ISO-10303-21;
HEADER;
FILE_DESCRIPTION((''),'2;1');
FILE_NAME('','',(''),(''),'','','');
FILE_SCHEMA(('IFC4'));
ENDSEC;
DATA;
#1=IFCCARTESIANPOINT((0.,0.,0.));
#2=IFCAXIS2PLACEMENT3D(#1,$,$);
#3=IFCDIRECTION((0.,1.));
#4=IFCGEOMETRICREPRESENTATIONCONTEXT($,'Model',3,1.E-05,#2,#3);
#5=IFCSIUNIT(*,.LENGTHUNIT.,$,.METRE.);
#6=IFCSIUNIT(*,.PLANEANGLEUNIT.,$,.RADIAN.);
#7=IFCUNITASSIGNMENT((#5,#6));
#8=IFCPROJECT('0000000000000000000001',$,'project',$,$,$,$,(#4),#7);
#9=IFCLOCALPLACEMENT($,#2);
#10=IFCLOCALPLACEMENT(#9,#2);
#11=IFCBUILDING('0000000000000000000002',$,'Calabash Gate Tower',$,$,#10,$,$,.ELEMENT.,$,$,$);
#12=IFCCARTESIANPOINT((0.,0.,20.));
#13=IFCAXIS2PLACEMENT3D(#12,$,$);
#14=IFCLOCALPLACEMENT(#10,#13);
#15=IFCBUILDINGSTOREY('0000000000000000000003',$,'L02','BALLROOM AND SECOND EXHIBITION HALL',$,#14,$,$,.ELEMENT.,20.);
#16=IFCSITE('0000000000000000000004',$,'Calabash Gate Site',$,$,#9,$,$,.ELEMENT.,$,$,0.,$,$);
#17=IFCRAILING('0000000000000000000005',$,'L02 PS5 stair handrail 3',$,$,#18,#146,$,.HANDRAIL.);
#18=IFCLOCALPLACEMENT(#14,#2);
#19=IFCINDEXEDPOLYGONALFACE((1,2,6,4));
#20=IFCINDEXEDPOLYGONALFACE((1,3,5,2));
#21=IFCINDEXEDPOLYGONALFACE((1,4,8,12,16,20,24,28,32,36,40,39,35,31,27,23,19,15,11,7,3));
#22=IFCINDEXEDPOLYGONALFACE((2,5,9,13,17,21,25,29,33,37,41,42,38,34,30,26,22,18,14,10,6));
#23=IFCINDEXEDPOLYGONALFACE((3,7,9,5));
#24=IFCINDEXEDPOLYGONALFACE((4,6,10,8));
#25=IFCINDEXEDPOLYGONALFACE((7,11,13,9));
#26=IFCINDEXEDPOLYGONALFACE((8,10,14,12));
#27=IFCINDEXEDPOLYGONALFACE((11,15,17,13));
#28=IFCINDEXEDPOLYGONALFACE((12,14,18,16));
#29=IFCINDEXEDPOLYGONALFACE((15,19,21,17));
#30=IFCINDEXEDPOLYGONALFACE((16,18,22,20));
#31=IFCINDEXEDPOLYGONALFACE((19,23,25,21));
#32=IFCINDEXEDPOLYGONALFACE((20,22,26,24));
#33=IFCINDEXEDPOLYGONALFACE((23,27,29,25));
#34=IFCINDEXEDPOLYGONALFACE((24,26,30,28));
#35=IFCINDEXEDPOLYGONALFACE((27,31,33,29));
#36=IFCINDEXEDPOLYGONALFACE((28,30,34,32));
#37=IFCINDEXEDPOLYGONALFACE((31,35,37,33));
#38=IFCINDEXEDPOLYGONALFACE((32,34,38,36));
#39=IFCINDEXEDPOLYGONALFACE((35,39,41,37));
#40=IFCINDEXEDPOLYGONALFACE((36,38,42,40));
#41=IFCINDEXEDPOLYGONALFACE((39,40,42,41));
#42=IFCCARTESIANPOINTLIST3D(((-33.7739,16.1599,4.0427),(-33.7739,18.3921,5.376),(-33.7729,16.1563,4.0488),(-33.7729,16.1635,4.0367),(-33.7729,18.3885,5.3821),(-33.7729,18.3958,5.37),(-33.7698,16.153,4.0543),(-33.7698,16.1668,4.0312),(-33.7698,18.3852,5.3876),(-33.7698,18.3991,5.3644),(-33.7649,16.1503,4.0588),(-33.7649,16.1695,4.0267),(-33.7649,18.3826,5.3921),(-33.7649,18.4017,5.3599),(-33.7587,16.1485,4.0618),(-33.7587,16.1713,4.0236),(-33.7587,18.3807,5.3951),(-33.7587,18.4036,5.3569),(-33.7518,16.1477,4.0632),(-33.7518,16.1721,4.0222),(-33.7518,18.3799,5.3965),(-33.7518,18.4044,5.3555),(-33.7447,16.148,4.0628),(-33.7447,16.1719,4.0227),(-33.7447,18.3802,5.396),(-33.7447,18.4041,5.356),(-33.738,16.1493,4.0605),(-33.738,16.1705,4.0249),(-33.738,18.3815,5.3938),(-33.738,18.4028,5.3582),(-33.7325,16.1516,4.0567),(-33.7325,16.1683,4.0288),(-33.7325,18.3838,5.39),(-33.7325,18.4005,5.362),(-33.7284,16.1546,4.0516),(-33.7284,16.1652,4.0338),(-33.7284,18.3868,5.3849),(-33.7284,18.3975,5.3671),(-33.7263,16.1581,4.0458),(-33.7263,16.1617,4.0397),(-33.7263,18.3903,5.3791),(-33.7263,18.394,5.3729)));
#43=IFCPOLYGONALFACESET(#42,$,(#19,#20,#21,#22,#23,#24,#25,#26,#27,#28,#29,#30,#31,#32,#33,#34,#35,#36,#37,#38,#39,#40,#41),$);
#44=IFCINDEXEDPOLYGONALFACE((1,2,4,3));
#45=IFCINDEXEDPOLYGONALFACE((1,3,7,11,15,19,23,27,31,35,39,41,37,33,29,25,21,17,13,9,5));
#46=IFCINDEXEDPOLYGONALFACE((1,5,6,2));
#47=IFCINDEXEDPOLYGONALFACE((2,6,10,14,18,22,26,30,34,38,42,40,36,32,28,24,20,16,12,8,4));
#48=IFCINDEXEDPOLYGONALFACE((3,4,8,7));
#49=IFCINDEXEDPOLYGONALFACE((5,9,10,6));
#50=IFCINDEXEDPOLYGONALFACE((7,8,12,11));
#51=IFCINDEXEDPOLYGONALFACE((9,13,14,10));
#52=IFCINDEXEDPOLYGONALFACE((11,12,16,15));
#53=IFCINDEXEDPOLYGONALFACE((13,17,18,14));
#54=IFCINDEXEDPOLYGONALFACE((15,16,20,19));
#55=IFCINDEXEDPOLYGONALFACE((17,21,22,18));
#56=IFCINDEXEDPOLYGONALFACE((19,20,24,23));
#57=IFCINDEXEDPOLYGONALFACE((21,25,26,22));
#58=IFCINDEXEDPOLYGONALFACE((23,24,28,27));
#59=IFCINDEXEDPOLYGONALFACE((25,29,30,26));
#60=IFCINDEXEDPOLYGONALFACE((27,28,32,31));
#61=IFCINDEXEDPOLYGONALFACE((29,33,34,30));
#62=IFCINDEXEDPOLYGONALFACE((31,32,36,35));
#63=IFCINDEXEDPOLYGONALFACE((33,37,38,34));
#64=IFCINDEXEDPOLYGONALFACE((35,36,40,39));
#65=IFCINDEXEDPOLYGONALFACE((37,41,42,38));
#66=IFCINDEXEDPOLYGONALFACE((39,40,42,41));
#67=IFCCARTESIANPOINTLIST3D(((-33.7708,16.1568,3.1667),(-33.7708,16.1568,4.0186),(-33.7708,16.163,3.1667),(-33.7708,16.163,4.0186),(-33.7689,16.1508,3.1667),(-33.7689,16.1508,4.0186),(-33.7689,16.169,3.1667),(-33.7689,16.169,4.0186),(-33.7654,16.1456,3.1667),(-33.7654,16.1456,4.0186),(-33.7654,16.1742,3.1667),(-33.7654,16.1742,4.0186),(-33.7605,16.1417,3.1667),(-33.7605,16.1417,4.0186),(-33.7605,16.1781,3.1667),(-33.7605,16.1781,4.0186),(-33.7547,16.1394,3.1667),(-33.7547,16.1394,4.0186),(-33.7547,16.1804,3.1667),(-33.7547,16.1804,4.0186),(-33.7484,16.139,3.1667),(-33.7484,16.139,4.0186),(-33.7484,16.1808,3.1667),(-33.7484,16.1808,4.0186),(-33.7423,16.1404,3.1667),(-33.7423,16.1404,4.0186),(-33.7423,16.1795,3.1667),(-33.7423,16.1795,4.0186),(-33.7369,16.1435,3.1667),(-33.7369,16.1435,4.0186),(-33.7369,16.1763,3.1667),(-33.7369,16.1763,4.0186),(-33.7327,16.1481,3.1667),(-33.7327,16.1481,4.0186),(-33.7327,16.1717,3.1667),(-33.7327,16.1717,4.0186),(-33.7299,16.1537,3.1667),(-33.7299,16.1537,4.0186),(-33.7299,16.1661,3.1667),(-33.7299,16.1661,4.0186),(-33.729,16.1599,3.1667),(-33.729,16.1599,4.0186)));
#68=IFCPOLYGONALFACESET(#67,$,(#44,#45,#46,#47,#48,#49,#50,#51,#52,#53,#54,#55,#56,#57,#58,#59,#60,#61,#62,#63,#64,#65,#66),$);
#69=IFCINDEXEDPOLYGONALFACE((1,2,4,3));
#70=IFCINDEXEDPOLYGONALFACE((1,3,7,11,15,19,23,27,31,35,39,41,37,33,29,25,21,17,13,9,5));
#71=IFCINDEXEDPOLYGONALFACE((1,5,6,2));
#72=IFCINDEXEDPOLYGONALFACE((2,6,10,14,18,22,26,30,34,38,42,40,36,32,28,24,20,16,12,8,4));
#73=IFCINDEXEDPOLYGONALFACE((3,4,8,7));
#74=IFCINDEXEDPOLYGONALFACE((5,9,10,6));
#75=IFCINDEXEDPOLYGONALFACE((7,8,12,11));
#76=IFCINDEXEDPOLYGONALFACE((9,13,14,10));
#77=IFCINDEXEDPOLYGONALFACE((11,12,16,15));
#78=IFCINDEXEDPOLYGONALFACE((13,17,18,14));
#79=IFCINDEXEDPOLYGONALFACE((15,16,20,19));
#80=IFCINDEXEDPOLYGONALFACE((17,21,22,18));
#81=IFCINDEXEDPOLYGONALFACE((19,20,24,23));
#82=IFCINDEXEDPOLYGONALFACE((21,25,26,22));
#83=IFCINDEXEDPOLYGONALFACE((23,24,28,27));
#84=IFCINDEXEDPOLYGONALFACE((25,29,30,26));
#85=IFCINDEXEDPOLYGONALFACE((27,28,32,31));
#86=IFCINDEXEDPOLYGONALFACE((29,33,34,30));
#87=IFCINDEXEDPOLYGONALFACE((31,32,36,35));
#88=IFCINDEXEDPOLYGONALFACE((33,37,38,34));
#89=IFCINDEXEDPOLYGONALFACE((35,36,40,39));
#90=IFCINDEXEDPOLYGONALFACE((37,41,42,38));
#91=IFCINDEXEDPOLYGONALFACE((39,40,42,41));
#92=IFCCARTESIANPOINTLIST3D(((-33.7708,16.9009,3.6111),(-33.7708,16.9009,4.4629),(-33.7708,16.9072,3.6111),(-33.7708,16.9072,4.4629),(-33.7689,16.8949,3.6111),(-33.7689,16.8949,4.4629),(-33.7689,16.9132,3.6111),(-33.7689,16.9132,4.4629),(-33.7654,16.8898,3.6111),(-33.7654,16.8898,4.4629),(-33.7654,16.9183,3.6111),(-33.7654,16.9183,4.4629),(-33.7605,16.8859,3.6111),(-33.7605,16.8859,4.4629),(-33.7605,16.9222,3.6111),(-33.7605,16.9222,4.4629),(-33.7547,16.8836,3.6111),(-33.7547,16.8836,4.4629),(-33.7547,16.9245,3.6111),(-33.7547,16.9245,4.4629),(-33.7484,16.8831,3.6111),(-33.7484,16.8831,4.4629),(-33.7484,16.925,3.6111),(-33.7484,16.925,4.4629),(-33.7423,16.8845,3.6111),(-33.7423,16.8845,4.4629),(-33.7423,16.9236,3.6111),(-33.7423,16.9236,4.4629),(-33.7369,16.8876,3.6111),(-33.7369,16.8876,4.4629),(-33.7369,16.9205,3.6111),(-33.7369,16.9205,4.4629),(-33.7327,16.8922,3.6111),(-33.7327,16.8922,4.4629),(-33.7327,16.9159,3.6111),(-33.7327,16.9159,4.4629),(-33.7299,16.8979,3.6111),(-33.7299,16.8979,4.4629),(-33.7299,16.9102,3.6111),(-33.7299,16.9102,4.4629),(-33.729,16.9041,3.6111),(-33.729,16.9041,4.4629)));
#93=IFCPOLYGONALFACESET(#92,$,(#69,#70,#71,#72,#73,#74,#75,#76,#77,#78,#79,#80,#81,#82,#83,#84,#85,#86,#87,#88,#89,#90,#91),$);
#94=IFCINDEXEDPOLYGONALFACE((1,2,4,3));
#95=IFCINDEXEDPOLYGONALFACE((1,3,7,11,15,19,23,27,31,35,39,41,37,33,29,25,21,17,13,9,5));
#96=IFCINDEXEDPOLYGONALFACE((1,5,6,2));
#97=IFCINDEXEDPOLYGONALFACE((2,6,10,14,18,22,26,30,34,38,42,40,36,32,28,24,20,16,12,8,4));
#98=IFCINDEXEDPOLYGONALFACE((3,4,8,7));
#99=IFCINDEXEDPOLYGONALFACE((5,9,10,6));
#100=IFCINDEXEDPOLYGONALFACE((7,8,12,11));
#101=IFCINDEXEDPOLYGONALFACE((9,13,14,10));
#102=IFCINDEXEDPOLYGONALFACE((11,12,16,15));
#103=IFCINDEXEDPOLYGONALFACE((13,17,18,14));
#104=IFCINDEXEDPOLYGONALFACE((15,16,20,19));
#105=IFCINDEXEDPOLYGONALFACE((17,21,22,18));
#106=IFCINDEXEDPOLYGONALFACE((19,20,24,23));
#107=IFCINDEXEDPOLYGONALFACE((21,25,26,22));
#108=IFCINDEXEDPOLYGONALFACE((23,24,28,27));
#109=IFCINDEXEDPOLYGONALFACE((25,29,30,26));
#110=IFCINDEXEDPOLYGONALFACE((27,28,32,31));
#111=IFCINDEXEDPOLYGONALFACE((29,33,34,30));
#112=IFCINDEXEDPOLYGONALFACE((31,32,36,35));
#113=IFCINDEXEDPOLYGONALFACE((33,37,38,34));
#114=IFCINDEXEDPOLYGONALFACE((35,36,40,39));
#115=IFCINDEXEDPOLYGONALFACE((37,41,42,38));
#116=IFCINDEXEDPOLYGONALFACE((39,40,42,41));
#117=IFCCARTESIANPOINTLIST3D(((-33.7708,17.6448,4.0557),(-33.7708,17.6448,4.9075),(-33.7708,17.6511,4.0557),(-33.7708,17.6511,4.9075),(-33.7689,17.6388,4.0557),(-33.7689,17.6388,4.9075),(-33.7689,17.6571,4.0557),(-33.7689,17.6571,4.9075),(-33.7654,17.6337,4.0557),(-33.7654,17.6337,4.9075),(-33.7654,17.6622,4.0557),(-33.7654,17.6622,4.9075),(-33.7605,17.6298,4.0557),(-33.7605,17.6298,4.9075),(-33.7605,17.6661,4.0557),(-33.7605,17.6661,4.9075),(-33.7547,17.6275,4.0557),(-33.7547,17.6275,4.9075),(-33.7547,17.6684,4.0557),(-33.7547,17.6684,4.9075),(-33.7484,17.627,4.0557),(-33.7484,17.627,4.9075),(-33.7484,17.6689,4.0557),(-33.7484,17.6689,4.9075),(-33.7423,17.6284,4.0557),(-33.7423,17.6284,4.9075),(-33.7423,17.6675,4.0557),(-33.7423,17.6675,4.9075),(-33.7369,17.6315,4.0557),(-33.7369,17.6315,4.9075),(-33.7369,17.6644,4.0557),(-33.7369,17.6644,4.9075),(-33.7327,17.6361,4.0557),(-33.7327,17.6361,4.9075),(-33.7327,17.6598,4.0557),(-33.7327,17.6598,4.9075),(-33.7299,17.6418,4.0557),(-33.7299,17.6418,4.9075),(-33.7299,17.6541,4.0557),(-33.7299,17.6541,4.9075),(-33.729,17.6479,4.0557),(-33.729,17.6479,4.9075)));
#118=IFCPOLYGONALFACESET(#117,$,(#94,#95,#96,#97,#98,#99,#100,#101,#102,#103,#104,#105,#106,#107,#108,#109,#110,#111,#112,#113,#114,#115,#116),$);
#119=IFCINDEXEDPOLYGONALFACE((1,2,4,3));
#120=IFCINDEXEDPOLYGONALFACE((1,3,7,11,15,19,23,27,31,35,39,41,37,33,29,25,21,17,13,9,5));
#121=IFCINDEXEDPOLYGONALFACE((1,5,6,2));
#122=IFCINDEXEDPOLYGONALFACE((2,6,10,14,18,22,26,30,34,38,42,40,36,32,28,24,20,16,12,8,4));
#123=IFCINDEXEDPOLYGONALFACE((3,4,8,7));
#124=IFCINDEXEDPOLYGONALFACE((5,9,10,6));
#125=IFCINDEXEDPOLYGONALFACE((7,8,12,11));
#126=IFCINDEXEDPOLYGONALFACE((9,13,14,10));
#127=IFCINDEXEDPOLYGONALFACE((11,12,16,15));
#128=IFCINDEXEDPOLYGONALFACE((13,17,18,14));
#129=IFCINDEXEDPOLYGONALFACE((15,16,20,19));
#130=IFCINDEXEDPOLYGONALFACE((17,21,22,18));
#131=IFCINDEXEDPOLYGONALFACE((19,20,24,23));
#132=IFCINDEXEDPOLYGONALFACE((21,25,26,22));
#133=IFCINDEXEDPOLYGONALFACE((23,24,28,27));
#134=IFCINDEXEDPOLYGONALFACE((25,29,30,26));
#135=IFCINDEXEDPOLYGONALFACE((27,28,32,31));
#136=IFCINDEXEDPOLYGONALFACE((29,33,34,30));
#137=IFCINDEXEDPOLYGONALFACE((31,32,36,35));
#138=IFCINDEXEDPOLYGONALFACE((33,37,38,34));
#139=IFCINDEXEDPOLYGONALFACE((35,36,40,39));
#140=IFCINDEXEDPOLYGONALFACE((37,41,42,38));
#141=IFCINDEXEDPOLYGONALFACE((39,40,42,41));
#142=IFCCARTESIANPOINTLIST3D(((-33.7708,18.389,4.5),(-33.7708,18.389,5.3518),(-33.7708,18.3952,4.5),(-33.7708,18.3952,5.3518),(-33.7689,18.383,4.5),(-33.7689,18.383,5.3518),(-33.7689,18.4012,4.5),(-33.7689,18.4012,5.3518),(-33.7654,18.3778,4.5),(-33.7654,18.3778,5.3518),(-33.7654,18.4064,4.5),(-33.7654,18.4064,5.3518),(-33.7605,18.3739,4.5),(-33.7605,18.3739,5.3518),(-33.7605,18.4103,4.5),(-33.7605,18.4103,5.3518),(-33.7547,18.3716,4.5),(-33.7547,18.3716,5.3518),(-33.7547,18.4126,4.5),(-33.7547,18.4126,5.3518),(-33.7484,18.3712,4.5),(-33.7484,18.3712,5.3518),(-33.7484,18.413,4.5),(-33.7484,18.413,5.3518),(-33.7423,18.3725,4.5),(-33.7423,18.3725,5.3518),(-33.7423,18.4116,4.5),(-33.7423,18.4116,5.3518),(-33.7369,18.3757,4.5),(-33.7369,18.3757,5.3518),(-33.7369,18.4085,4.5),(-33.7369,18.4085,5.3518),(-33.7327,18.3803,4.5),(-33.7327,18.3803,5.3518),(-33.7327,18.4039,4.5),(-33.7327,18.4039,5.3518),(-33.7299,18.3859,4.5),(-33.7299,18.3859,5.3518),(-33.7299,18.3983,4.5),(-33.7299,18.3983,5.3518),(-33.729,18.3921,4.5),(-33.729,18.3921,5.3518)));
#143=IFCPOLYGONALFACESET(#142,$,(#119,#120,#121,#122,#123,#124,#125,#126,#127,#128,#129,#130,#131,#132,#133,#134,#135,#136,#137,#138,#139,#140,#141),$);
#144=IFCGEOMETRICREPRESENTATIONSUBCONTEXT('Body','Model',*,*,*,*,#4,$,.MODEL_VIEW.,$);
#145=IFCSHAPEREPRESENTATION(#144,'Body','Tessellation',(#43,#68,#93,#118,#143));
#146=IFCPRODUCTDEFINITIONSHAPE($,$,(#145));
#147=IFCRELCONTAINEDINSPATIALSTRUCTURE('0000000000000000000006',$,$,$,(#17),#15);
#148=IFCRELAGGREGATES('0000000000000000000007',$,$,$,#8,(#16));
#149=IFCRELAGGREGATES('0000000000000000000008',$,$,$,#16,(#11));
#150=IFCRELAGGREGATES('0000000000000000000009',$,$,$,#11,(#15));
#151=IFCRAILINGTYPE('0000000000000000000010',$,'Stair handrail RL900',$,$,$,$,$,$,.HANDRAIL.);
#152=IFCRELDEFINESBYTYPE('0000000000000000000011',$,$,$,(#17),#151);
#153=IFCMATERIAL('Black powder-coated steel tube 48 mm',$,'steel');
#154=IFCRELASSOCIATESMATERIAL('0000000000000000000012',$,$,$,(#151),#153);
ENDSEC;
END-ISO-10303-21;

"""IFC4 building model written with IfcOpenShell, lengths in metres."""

from ifc_helpers import new_model, si_unit, direction, frame, origin, origin_2d, place, context, subcontext, project, spatial, circle, extrude, material, type_object, element, save


model = new_model("IFC4")

# Units and contexts
model_context = context("Model", 3, precision=1e-05, world=origin(), true_north=direction((0.0, 1.0)))
body_context = subcontext(model_context, "Body", "Model", "MODEL_VIEW")
ifc_project = project(units=[si_unit("LENGTHUNIT", "METRE"), si_unit("PLANEANGLEUNIT", "RADIAN")], contexts=[model_context])

# Site, building, storey
site_placement = place(None, origin())
site = spatial("IfcSite", under=ifc_project, at=site_placement, Name="Calabash Gate Site", CompositionType="ELEMENT", RefElevation=0.0)
building_placement = place(site_placement, origin())
building = spatial("IfcBuilding", under=site, at=building_placement, Name="Calabash Gate Tower", CompositionType="ELEMENT")
storey_placement = place(building_placement, frame((0.0, 0.0, 20.0)))
storey = spatial("IfcBuildingStorey", under=building, at=storey_placement, Name="L02", Description="BALLROOM AND SECOND EXHIBITION HALL", CompositionType="ELEMENT", Elevation=20.0)

# Railing
ifc_material_1 = material(Name="Black powder-coated steel tube 48 mm", Category="steel")
railing_type_1 = type_object("IfcRailingType", Name="Stair handrail RL900", PredefinedType="HANDRAIL", material=ifc_material_1)
for number, where, name in (
    (1, (-33.75, 16.1599, 3.1667), "L02 PS5 stair handrail 3"),
):
    element("IfcRailing", number, at=place(storey_placement, frame(where)), inside=storey, type_object=railing_type_1, Name=name, PredefinedType="HANDRAIL", context=body_context, shape_type="SweptSolid", body=[
        extrude(circle(Radius=0.0239, at=origin_2d()), frame((0.0, 0.0, 0.876), z_axis=(0.0, 0.858519, 0.512782), x_axis=(-1.0, 0.0, 0.0)), (0.0, 0.0, 1.0), 2.6001),
        extrude(circle(Radius=0.021, at=origin_2d()), origin(), (0.0, 0.0, 1.0), 0.8518),
        extrude(circle(Radius=0.021, at=origin_2d()), frame((0.0, 0.7441, 0.4443)), (0.0, 0.0, 1.0), 0.8518),
        extrude(circle(Radius=0.021, at=origin_2d()), frame((0.0, 1.488, 0.8889)), (0.0, 0.0, 1.0), 0.8518),
        extrude(circle(Radius=0.021, at=origin_2d()), frame((0.0, 2.2322, 1.3333)), (0.0, 0.0, 1.0), 0.8518),
    ])

save(model, "model.ifc")
